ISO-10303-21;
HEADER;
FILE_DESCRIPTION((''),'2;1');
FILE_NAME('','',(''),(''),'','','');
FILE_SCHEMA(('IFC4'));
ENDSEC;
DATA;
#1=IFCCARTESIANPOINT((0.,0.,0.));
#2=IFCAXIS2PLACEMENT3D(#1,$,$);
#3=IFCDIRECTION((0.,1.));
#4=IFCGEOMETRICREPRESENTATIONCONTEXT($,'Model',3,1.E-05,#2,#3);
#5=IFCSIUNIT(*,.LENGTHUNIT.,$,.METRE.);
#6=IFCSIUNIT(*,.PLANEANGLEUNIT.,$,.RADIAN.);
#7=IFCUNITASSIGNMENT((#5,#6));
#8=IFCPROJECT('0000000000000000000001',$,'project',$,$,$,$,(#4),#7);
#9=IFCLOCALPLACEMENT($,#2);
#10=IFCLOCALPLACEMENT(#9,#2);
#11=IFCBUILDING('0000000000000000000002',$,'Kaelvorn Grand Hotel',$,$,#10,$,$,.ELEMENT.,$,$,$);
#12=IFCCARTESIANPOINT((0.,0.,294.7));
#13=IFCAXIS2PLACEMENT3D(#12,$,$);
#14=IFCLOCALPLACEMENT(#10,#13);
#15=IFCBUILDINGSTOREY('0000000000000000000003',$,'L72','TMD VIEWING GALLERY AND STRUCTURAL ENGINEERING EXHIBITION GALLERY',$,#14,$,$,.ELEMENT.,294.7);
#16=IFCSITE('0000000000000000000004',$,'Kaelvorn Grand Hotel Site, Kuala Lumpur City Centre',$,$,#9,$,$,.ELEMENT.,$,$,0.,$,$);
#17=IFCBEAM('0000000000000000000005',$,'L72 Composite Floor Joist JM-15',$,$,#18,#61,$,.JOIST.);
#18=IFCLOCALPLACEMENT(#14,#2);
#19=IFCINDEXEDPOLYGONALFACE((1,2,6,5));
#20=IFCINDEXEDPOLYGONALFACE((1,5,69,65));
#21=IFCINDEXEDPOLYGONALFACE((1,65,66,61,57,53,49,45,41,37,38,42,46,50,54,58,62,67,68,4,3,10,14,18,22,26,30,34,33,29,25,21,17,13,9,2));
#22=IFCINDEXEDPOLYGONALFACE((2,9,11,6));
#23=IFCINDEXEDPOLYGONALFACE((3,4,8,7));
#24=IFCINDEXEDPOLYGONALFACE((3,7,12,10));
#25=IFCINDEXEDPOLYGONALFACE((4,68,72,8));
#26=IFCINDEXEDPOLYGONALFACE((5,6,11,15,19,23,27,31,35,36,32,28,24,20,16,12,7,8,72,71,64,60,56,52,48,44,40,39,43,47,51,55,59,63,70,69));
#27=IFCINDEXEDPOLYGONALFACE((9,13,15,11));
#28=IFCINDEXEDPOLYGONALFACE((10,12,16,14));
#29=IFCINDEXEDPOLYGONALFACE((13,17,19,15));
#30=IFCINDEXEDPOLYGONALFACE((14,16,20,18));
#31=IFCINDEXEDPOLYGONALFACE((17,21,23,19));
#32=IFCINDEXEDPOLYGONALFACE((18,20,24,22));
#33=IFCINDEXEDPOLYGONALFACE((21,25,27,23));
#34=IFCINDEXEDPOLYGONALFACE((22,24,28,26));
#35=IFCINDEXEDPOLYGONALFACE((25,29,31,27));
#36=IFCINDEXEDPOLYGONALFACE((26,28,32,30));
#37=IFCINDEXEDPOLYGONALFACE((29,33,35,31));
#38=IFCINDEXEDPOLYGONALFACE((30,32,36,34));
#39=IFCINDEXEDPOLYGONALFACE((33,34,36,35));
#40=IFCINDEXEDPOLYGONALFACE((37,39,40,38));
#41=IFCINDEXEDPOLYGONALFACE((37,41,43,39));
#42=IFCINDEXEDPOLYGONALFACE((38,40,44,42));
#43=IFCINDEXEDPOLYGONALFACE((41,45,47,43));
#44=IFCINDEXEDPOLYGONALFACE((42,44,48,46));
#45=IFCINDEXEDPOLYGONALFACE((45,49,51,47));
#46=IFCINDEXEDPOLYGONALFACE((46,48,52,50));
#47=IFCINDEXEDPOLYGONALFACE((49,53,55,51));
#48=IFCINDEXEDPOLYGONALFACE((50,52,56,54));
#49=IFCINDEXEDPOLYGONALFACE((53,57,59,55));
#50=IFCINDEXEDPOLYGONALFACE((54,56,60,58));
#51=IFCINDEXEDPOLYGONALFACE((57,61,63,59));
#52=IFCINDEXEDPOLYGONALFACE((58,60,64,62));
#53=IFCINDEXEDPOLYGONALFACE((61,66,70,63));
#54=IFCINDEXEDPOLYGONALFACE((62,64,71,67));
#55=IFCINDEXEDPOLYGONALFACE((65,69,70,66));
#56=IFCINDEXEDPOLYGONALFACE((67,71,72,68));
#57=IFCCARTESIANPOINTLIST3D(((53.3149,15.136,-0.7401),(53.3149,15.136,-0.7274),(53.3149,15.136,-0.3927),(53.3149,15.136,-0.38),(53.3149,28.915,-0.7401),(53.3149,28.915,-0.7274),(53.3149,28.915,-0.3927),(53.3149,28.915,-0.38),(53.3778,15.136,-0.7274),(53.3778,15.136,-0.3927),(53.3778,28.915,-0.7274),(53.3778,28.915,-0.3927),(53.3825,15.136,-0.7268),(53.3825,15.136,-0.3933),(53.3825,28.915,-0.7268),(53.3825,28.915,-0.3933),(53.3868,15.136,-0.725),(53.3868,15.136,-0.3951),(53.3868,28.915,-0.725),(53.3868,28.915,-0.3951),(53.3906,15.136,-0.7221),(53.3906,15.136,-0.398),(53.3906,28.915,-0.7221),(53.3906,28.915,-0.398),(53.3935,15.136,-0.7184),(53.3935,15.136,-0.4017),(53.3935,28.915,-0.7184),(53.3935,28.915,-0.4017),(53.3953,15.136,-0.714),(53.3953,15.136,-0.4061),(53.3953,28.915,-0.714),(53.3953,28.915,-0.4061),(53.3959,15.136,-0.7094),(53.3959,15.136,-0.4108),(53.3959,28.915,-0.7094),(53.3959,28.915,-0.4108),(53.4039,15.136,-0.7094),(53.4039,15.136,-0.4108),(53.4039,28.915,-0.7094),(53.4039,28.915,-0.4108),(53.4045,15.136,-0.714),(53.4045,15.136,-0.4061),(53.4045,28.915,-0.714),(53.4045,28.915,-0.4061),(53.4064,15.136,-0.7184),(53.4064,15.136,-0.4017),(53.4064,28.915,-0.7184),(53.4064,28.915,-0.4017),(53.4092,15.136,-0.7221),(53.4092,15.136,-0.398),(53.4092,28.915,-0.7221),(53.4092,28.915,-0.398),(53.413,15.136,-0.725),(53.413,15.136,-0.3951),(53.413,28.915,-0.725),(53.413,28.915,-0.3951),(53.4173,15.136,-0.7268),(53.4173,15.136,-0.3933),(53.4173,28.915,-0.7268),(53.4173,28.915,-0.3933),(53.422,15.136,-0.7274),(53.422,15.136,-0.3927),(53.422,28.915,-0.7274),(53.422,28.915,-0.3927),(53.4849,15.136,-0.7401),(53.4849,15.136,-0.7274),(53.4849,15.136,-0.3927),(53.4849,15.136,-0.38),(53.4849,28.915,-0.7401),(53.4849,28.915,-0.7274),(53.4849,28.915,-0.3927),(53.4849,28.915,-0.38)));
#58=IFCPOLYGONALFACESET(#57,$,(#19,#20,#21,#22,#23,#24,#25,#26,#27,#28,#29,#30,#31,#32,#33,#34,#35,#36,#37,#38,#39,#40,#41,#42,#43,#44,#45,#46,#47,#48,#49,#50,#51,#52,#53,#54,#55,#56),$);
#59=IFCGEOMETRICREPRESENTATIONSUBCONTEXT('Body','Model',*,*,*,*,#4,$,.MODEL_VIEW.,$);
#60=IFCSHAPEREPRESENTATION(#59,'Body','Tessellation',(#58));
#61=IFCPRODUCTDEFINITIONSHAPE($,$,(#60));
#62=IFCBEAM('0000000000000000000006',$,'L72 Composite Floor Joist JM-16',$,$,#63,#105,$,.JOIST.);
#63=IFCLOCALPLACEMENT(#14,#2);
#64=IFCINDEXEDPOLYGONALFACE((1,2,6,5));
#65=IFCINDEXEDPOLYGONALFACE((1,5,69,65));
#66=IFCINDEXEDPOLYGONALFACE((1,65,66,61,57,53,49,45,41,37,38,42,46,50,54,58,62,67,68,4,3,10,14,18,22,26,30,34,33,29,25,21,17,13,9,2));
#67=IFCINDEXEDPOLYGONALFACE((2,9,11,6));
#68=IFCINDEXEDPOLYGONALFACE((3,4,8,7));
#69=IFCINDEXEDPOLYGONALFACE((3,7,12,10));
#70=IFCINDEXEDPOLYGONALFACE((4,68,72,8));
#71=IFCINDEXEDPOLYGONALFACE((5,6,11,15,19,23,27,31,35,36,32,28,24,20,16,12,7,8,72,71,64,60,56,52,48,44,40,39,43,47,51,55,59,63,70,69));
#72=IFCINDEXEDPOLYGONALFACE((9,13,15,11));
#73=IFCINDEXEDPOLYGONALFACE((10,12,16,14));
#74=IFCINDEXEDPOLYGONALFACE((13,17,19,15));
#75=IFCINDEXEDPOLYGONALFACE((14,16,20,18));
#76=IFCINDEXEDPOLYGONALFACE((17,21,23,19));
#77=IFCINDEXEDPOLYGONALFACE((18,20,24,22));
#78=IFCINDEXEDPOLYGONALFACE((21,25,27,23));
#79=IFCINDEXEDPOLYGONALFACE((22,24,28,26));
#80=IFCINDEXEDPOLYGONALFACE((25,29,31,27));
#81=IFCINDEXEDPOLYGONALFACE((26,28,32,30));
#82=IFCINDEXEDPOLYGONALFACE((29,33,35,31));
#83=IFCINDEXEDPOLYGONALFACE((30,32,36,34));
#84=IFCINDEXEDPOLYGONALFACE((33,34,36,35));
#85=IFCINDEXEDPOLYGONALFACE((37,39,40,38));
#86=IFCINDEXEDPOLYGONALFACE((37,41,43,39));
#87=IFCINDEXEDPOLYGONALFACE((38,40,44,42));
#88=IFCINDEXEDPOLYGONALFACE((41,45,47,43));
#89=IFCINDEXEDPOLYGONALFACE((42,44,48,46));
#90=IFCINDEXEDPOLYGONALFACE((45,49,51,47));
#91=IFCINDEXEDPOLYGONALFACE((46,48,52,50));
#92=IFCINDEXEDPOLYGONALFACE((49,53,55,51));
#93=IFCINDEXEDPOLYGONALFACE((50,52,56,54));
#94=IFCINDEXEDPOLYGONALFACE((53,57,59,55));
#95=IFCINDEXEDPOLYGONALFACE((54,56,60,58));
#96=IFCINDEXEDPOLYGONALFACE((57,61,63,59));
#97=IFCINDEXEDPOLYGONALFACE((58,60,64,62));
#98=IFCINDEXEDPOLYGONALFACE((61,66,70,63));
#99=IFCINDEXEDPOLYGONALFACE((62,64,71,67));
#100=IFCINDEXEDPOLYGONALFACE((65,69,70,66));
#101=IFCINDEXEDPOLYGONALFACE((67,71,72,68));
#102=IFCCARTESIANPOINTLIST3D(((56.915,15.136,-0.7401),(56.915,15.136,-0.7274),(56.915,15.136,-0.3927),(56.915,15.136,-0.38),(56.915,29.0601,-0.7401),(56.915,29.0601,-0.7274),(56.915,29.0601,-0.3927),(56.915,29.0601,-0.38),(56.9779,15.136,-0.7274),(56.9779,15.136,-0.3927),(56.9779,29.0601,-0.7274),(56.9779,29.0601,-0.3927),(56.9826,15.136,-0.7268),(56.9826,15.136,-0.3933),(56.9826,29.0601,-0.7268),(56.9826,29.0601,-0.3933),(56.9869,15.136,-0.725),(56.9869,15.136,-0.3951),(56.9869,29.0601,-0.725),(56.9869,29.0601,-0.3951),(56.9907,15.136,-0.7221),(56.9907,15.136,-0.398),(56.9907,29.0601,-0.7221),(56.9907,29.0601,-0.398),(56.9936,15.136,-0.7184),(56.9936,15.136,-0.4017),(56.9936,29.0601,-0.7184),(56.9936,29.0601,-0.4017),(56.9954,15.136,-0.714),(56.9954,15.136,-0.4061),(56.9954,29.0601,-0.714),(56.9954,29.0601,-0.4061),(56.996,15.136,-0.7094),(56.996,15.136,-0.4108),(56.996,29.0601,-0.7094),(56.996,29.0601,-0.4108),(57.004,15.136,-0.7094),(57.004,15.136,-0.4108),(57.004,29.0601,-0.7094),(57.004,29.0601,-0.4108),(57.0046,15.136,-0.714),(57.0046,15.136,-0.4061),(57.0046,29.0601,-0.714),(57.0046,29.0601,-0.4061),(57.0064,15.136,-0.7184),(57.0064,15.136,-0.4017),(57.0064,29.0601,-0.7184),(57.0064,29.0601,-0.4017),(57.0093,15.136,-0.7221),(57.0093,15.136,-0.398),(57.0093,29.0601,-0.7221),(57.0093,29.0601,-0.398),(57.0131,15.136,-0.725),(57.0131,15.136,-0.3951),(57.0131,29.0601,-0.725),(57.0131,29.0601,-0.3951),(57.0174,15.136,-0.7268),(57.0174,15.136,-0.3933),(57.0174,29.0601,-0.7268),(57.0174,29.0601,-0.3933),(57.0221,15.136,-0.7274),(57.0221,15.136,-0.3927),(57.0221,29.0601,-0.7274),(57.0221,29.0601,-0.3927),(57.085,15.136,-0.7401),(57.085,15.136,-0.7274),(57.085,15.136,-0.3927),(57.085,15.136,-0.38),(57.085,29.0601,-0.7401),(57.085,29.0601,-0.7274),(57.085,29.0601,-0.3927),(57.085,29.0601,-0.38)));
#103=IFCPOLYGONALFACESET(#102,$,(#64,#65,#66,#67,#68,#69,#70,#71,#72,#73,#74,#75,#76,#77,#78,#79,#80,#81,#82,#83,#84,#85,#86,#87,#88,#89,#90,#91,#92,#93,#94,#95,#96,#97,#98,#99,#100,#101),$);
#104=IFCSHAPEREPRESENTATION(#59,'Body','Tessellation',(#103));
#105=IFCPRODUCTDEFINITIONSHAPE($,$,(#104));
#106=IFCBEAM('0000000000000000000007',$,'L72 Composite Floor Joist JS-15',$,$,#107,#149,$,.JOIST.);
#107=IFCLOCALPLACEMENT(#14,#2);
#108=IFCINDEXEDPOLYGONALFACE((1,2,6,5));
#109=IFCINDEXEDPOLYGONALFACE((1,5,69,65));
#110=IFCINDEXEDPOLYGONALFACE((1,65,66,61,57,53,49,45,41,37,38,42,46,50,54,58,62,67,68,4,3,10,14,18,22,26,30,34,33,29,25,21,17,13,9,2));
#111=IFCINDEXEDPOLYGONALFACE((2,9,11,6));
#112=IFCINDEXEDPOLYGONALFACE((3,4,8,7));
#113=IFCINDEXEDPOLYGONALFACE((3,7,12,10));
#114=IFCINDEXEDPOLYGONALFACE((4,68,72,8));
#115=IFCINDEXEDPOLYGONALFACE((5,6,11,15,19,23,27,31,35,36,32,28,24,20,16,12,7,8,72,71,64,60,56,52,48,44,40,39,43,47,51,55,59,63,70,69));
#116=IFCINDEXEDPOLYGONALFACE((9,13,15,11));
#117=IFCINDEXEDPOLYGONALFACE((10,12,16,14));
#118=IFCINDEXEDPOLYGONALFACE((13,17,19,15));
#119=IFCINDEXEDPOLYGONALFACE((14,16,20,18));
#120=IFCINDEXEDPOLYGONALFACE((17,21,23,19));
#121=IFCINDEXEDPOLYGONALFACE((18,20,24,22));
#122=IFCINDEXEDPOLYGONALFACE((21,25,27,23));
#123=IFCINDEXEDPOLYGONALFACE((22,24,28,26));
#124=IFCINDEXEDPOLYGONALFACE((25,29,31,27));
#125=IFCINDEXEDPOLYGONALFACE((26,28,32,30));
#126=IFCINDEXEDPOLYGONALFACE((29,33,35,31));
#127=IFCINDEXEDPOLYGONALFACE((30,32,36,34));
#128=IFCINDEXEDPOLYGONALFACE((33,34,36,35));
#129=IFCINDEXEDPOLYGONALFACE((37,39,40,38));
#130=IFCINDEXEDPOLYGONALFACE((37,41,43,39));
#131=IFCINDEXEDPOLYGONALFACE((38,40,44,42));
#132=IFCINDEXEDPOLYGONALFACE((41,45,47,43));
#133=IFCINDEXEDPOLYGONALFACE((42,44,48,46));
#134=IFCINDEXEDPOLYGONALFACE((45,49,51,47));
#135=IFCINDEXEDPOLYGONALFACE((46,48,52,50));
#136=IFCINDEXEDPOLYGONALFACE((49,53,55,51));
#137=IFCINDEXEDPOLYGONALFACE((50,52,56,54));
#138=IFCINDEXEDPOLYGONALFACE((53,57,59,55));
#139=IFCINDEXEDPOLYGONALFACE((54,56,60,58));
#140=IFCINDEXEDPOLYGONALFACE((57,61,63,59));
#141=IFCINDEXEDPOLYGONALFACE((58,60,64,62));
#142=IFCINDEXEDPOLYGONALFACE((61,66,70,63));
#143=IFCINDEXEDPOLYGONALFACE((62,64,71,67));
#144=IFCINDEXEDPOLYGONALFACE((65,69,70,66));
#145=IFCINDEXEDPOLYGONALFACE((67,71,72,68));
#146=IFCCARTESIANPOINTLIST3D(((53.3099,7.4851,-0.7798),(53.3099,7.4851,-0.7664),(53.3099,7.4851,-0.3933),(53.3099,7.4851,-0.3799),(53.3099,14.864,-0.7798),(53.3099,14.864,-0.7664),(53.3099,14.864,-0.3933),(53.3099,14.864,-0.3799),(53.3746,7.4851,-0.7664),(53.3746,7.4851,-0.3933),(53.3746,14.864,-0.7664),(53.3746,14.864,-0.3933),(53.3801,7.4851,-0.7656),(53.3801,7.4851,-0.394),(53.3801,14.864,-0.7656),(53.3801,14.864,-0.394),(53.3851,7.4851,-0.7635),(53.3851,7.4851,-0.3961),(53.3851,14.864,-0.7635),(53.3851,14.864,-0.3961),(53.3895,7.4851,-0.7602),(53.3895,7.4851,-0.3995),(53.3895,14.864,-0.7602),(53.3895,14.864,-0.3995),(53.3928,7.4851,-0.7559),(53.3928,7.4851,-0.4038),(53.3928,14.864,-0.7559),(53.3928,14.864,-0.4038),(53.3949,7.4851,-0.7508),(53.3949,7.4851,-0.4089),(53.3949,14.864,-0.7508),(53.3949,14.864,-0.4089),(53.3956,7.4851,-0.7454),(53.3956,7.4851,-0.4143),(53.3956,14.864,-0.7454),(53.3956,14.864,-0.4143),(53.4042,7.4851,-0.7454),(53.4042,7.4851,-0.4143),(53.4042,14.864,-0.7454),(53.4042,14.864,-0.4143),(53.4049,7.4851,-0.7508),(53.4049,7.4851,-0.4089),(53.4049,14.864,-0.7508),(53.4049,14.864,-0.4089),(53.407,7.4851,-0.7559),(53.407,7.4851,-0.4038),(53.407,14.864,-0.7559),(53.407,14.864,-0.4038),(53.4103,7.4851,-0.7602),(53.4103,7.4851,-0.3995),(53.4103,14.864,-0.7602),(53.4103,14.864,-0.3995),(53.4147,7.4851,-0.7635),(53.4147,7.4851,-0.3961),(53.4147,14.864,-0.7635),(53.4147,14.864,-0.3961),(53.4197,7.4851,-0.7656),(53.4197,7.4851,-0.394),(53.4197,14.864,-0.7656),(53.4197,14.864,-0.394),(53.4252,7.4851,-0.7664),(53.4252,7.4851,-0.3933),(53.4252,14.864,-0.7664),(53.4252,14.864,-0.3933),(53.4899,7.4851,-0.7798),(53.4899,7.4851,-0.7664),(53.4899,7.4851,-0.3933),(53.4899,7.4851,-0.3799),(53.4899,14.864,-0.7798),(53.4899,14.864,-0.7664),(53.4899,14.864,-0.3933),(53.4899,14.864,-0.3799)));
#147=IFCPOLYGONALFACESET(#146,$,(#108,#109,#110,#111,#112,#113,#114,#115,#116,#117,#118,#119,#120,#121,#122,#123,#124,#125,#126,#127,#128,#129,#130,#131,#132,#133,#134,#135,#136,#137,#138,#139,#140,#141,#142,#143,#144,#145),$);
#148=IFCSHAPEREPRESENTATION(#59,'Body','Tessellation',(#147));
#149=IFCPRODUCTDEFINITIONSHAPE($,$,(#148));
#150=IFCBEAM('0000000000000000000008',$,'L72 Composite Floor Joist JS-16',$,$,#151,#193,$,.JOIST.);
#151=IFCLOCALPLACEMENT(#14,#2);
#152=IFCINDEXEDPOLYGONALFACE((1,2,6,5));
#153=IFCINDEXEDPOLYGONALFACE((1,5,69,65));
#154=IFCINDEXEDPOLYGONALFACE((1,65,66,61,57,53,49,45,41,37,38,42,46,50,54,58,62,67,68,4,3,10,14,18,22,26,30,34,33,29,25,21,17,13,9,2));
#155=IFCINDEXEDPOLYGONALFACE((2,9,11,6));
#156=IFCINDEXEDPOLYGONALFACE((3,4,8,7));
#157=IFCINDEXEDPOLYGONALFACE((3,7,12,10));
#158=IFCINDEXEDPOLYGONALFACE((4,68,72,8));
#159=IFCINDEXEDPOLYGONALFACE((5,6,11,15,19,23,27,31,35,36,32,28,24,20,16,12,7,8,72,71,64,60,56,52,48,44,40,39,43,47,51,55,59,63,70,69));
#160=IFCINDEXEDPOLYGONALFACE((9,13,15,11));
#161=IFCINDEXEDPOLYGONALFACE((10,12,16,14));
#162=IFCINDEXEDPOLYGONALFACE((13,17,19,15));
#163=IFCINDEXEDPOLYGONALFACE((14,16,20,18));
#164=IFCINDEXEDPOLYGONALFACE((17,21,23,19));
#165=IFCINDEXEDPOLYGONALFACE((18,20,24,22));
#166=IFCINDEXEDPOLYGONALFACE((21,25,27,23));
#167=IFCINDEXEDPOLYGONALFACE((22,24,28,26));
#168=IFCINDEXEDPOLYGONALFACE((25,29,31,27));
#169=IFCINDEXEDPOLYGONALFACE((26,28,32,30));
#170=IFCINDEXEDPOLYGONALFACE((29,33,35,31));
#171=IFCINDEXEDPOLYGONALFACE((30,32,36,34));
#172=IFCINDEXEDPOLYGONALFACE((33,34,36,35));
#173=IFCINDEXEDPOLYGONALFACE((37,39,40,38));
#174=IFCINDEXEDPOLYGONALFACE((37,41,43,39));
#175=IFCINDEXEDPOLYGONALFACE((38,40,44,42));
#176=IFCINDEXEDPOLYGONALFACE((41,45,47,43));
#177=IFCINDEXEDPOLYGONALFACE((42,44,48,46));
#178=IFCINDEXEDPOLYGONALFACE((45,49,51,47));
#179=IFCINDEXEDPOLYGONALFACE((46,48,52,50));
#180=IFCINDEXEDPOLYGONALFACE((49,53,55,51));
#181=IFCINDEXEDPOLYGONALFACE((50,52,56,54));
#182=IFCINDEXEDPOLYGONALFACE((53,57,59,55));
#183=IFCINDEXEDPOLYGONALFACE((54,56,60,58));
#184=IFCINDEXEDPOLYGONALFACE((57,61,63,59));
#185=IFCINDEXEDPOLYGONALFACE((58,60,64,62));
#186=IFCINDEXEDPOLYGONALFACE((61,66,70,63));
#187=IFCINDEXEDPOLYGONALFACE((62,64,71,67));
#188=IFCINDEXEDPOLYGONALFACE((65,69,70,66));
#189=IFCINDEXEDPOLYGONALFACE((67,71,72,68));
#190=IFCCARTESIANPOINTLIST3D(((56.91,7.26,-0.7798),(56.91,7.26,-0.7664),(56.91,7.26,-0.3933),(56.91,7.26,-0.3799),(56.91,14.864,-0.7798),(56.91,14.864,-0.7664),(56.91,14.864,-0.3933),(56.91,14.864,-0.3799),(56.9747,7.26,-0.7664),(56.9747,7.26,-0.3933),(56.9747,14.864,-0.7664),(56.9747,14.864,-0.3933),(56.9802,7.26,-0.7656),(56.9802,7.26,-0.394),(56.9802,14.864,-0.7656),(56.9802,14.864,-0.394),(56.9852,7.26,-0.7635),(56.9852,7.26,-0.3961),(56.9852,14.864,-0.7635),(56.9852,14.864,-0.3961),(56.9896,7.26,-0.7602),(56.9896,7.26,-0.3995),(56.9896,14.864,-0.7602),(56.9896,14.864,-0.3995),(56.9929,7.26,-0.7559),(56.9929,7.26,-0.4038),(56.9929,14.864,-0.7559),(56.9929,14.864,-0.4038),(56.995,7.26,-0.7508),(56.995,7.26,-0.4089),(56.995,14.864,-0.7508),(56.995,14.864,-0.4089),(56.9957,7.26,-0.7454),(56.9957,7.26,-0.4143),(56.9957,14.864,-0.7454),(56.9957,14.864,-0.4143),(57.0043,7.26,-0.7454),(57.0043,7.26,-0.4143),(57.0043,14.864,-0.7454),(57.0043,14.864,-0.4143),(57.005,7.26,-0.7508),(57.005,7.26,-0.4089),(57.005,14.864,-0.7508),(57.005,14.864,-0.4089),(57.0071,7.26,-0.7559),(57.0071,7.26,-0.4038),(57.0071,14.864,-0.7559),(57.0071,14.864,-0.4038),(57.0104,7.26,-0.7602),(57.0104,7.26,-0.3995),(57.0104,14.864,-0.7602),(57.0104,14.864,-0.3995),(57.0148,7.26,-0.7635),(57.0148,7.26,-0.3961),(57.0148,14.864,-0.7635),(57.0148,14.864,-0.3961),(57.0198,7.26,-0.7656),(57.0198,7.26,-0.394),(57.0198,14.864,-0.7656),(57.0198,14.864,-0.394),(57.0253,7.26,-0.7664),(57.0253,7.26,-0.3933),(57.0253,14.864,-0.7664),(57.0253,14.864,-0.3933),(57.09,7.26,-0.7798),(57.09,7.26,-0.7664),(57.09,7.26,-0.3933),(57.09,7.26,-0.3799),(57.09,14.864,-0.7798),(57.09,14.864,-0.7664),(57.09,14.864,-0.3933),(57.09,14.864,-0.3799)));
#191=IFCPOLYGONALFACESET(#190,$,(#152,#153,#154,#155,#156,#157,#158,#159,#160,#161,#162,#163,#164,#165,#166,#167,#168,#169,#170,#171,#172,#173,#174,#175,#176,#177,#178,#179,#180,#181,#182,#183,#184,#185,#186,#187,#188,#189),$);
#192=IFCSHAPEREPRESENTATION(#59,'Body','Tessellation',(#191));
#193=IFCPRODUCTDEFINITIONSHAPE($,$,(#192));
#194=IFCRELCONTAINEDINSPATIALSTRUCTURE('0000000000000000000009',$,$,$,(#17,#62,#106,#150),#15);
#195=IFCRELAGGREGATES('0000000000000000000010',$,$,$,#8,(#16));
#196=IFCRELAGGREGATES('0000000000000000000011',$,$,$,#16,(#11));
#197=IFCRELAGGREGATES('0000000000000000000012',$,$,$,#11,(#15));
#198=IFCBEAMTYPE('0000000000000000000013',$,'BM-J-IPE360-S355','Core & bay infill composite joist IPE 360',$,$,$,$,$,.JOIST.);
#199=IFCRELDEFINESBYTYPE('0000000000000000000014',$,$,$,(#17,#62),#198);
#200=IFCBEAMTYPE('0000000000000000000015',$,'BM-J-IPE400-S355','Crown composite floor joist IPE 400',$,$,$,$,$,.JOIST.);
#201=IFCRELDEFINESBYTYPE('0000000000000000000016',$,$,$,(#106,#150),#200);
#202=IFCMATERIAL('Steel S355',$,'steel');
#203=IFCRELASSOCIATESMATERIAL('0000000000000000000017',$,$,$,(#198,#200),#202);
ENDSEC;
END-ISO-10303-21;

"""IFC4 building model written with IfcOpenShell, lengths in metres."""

from ifc_helpers import new_model, si_unit, direction, frame, origin, origin_2d, place, context, subcontext, project, spatial, i_section, extrude, material, material_profile, profile_set, type_object, element, save


model = new_model("IFC4")

# Units and contexts
model_context = context("Model", 3, precision=1e-05, world=origin(), true_north=direction((0.0, 1.0)))
body_context = subcontext(model_context, "Body", "Model", "MODEL_VIEW")
ifc_project = project(units=[si_unit("LENGTHUNIT", "METRE"), si_unit("PLANEANGLEUNIT", "RADIAN")], contexts=[model_context])

# Site, building, storey
site_placement = place(None, origin())
site = spatial("IfcSite", under=ifc_project, at=site_placement, Name="Kaelvorn Grand Hotel Site, Kuala Lumpur City Centre", CompositionType="ELEMENT", RefElevation=0.0)
building_placement = place(site_placement, origin())
building = spatial("IfcBuilding", under=site, at=building_placement, Name="Kaelvorn Grand Hotel", CompositionType="ELEMENT")
storey_placement = place(building_placement, frame((0.0, 0.0, 294.7)))
storey = spatial("IfcBuildingStorey", under=building, at=storey_placement, Name="L72", Description="TMD VIEWING GALLERY AND STRUCTURAL ENGINEERING EXHIBITION GALLERY", CompositionType="ELEMENT", Elevation=294.7)

# Beams
ifc_material_1 = material(Name="Steel S355", Category="steel")
ifc_material_profile_1 = material_profile(ifc_material_1, i_section(OverallWidth=0.1699, OverallDepth=0.3601, WebThickness=0.0081, FlangeThickness=0.0127, FilletRadius=0.0181, at=origin_2d()), Name="IPE 360")
ifc_profile_set_1 = profile_set([ifc_material_profile_1], Name="Steel S355")
beam_type_1 = type_object("IfcBeamType", Name="BM-J-IPE360-S355", Description="Core & bay infill composite joist IPE 360", PredefinedType="JOIST", material=ifc_profile_set_1)
beam_1_placement = place(storey_placement, frame((53.3999, 15.136, -0.5601), z_axis=(0.0, 1.0, 0.0), x_axis=(-1.0, 0.0, 0.0)))
element("IfcBeam", 1, at=beam_1_placement, inside=storey, type_object=beam_type_1, Name="L72 Composite Floor Joist JM-15", PredefinedType="JOIST", context=body_context, shape_type="SweptSolid", body=[
    extrude(i_section(OverallWidth=0.1699, OverallDepth=0.3601, WebThickness=0.0081, FlangeThickness=0.0127, FilletRadius=0.0181, at=origin_2d()), origin(), (0.0, 0.0, 1.0), 13.7791),
])
beam_2_placement = place(storey_placement, frame((57.0, 15.136, -0.5601), z_axis=(0.0, 1.0, 0.0), x_axis=(-1.0, 0.0, 0.0)))
element("IfcBeam", 2, at=beam_2_placement, inside=storey, type_object=beam_type_1, Name="L72 Composite Floor Joist JM-16", PredefinedType="JOIST", context=body_context, shape_type="SweptSolid", body=[
    extrude(i_section(OverallWidth=0.1699, OverallDepth=0.3601, WebThickness=0.0081, FlangeThickness=0.0127, FilletRadius=0.0181, at=origin_2d()), origin(), (0.0, 0.0, 1.0), 13.9241),
])
ifc_material_profile_2 = material_profile(ifc_material_1, i_section(OverallWidth=0.1799, OverallDepth=0.3999, WebThickness=0.0085, FlangeThickness=0.0134, FilletRadius=0.021, at=origin_2d()), Name="IPE 400")
ifc_profile_set_2 = profile_set([ifc_material_profile_2], Name="Steel S355")
beam_type_2 = type_object("IfcBeamType", Name="BM-J-IPE400-S355", Description="Crown composite floor joist IPE 400", PredefinedType="JOIST", material=ifc_profile_set_2)
beam_3_placement = place(storey_placement, frame((53.3999, 7.4851, -0.5798), z_axis=(0.0, 1.0, 0.0), x_axis=(-1.0, 0.0, 0.0)))
element("IfcBeam", 3, at=beam_3_placement, inside=storey, type_object=beam_type_2, Name="L72 Composite Floor Joist JS-15", PredefinedType="JOIST", context=body_context, shape_type="SweptSolid", body=[
    extrude(i_section(OverallWidth=0.1799, OverallDepth=0.3999, WebThickness=0.0085, FlangeThickness=0.0134, FilletRadius=0.021, at=origin_2d()), origin(), (0.0, 0.0, 1.0), 7.3789),
])
beam_4_placement = place(storey_placement, frame((57.0, 7.26, -0.5798), z_axis=(0.0, 1.0, 0.0), x_axis=(-1.0, 0.0, 0.0)))
element("IfcBeam", 4, at=beam_4_placement, inside=storey, type_object=beam_type_2, Name="L72 Composite Floor Joist JS-16", PredefinedType="JOIST", context=body_context, shape_type="SweptSolid", body=[
    extrude(i_section(OverallWidth=0.1799, OverallDepth=0.3999, WebThickness=0.0085, FlangeThickness=0.0134, FilletRadius=0.021, at=origin_2d()), origin(), (0.0, 0.0, 1.0), 7.604),
])

save(model, "model.ifc")
